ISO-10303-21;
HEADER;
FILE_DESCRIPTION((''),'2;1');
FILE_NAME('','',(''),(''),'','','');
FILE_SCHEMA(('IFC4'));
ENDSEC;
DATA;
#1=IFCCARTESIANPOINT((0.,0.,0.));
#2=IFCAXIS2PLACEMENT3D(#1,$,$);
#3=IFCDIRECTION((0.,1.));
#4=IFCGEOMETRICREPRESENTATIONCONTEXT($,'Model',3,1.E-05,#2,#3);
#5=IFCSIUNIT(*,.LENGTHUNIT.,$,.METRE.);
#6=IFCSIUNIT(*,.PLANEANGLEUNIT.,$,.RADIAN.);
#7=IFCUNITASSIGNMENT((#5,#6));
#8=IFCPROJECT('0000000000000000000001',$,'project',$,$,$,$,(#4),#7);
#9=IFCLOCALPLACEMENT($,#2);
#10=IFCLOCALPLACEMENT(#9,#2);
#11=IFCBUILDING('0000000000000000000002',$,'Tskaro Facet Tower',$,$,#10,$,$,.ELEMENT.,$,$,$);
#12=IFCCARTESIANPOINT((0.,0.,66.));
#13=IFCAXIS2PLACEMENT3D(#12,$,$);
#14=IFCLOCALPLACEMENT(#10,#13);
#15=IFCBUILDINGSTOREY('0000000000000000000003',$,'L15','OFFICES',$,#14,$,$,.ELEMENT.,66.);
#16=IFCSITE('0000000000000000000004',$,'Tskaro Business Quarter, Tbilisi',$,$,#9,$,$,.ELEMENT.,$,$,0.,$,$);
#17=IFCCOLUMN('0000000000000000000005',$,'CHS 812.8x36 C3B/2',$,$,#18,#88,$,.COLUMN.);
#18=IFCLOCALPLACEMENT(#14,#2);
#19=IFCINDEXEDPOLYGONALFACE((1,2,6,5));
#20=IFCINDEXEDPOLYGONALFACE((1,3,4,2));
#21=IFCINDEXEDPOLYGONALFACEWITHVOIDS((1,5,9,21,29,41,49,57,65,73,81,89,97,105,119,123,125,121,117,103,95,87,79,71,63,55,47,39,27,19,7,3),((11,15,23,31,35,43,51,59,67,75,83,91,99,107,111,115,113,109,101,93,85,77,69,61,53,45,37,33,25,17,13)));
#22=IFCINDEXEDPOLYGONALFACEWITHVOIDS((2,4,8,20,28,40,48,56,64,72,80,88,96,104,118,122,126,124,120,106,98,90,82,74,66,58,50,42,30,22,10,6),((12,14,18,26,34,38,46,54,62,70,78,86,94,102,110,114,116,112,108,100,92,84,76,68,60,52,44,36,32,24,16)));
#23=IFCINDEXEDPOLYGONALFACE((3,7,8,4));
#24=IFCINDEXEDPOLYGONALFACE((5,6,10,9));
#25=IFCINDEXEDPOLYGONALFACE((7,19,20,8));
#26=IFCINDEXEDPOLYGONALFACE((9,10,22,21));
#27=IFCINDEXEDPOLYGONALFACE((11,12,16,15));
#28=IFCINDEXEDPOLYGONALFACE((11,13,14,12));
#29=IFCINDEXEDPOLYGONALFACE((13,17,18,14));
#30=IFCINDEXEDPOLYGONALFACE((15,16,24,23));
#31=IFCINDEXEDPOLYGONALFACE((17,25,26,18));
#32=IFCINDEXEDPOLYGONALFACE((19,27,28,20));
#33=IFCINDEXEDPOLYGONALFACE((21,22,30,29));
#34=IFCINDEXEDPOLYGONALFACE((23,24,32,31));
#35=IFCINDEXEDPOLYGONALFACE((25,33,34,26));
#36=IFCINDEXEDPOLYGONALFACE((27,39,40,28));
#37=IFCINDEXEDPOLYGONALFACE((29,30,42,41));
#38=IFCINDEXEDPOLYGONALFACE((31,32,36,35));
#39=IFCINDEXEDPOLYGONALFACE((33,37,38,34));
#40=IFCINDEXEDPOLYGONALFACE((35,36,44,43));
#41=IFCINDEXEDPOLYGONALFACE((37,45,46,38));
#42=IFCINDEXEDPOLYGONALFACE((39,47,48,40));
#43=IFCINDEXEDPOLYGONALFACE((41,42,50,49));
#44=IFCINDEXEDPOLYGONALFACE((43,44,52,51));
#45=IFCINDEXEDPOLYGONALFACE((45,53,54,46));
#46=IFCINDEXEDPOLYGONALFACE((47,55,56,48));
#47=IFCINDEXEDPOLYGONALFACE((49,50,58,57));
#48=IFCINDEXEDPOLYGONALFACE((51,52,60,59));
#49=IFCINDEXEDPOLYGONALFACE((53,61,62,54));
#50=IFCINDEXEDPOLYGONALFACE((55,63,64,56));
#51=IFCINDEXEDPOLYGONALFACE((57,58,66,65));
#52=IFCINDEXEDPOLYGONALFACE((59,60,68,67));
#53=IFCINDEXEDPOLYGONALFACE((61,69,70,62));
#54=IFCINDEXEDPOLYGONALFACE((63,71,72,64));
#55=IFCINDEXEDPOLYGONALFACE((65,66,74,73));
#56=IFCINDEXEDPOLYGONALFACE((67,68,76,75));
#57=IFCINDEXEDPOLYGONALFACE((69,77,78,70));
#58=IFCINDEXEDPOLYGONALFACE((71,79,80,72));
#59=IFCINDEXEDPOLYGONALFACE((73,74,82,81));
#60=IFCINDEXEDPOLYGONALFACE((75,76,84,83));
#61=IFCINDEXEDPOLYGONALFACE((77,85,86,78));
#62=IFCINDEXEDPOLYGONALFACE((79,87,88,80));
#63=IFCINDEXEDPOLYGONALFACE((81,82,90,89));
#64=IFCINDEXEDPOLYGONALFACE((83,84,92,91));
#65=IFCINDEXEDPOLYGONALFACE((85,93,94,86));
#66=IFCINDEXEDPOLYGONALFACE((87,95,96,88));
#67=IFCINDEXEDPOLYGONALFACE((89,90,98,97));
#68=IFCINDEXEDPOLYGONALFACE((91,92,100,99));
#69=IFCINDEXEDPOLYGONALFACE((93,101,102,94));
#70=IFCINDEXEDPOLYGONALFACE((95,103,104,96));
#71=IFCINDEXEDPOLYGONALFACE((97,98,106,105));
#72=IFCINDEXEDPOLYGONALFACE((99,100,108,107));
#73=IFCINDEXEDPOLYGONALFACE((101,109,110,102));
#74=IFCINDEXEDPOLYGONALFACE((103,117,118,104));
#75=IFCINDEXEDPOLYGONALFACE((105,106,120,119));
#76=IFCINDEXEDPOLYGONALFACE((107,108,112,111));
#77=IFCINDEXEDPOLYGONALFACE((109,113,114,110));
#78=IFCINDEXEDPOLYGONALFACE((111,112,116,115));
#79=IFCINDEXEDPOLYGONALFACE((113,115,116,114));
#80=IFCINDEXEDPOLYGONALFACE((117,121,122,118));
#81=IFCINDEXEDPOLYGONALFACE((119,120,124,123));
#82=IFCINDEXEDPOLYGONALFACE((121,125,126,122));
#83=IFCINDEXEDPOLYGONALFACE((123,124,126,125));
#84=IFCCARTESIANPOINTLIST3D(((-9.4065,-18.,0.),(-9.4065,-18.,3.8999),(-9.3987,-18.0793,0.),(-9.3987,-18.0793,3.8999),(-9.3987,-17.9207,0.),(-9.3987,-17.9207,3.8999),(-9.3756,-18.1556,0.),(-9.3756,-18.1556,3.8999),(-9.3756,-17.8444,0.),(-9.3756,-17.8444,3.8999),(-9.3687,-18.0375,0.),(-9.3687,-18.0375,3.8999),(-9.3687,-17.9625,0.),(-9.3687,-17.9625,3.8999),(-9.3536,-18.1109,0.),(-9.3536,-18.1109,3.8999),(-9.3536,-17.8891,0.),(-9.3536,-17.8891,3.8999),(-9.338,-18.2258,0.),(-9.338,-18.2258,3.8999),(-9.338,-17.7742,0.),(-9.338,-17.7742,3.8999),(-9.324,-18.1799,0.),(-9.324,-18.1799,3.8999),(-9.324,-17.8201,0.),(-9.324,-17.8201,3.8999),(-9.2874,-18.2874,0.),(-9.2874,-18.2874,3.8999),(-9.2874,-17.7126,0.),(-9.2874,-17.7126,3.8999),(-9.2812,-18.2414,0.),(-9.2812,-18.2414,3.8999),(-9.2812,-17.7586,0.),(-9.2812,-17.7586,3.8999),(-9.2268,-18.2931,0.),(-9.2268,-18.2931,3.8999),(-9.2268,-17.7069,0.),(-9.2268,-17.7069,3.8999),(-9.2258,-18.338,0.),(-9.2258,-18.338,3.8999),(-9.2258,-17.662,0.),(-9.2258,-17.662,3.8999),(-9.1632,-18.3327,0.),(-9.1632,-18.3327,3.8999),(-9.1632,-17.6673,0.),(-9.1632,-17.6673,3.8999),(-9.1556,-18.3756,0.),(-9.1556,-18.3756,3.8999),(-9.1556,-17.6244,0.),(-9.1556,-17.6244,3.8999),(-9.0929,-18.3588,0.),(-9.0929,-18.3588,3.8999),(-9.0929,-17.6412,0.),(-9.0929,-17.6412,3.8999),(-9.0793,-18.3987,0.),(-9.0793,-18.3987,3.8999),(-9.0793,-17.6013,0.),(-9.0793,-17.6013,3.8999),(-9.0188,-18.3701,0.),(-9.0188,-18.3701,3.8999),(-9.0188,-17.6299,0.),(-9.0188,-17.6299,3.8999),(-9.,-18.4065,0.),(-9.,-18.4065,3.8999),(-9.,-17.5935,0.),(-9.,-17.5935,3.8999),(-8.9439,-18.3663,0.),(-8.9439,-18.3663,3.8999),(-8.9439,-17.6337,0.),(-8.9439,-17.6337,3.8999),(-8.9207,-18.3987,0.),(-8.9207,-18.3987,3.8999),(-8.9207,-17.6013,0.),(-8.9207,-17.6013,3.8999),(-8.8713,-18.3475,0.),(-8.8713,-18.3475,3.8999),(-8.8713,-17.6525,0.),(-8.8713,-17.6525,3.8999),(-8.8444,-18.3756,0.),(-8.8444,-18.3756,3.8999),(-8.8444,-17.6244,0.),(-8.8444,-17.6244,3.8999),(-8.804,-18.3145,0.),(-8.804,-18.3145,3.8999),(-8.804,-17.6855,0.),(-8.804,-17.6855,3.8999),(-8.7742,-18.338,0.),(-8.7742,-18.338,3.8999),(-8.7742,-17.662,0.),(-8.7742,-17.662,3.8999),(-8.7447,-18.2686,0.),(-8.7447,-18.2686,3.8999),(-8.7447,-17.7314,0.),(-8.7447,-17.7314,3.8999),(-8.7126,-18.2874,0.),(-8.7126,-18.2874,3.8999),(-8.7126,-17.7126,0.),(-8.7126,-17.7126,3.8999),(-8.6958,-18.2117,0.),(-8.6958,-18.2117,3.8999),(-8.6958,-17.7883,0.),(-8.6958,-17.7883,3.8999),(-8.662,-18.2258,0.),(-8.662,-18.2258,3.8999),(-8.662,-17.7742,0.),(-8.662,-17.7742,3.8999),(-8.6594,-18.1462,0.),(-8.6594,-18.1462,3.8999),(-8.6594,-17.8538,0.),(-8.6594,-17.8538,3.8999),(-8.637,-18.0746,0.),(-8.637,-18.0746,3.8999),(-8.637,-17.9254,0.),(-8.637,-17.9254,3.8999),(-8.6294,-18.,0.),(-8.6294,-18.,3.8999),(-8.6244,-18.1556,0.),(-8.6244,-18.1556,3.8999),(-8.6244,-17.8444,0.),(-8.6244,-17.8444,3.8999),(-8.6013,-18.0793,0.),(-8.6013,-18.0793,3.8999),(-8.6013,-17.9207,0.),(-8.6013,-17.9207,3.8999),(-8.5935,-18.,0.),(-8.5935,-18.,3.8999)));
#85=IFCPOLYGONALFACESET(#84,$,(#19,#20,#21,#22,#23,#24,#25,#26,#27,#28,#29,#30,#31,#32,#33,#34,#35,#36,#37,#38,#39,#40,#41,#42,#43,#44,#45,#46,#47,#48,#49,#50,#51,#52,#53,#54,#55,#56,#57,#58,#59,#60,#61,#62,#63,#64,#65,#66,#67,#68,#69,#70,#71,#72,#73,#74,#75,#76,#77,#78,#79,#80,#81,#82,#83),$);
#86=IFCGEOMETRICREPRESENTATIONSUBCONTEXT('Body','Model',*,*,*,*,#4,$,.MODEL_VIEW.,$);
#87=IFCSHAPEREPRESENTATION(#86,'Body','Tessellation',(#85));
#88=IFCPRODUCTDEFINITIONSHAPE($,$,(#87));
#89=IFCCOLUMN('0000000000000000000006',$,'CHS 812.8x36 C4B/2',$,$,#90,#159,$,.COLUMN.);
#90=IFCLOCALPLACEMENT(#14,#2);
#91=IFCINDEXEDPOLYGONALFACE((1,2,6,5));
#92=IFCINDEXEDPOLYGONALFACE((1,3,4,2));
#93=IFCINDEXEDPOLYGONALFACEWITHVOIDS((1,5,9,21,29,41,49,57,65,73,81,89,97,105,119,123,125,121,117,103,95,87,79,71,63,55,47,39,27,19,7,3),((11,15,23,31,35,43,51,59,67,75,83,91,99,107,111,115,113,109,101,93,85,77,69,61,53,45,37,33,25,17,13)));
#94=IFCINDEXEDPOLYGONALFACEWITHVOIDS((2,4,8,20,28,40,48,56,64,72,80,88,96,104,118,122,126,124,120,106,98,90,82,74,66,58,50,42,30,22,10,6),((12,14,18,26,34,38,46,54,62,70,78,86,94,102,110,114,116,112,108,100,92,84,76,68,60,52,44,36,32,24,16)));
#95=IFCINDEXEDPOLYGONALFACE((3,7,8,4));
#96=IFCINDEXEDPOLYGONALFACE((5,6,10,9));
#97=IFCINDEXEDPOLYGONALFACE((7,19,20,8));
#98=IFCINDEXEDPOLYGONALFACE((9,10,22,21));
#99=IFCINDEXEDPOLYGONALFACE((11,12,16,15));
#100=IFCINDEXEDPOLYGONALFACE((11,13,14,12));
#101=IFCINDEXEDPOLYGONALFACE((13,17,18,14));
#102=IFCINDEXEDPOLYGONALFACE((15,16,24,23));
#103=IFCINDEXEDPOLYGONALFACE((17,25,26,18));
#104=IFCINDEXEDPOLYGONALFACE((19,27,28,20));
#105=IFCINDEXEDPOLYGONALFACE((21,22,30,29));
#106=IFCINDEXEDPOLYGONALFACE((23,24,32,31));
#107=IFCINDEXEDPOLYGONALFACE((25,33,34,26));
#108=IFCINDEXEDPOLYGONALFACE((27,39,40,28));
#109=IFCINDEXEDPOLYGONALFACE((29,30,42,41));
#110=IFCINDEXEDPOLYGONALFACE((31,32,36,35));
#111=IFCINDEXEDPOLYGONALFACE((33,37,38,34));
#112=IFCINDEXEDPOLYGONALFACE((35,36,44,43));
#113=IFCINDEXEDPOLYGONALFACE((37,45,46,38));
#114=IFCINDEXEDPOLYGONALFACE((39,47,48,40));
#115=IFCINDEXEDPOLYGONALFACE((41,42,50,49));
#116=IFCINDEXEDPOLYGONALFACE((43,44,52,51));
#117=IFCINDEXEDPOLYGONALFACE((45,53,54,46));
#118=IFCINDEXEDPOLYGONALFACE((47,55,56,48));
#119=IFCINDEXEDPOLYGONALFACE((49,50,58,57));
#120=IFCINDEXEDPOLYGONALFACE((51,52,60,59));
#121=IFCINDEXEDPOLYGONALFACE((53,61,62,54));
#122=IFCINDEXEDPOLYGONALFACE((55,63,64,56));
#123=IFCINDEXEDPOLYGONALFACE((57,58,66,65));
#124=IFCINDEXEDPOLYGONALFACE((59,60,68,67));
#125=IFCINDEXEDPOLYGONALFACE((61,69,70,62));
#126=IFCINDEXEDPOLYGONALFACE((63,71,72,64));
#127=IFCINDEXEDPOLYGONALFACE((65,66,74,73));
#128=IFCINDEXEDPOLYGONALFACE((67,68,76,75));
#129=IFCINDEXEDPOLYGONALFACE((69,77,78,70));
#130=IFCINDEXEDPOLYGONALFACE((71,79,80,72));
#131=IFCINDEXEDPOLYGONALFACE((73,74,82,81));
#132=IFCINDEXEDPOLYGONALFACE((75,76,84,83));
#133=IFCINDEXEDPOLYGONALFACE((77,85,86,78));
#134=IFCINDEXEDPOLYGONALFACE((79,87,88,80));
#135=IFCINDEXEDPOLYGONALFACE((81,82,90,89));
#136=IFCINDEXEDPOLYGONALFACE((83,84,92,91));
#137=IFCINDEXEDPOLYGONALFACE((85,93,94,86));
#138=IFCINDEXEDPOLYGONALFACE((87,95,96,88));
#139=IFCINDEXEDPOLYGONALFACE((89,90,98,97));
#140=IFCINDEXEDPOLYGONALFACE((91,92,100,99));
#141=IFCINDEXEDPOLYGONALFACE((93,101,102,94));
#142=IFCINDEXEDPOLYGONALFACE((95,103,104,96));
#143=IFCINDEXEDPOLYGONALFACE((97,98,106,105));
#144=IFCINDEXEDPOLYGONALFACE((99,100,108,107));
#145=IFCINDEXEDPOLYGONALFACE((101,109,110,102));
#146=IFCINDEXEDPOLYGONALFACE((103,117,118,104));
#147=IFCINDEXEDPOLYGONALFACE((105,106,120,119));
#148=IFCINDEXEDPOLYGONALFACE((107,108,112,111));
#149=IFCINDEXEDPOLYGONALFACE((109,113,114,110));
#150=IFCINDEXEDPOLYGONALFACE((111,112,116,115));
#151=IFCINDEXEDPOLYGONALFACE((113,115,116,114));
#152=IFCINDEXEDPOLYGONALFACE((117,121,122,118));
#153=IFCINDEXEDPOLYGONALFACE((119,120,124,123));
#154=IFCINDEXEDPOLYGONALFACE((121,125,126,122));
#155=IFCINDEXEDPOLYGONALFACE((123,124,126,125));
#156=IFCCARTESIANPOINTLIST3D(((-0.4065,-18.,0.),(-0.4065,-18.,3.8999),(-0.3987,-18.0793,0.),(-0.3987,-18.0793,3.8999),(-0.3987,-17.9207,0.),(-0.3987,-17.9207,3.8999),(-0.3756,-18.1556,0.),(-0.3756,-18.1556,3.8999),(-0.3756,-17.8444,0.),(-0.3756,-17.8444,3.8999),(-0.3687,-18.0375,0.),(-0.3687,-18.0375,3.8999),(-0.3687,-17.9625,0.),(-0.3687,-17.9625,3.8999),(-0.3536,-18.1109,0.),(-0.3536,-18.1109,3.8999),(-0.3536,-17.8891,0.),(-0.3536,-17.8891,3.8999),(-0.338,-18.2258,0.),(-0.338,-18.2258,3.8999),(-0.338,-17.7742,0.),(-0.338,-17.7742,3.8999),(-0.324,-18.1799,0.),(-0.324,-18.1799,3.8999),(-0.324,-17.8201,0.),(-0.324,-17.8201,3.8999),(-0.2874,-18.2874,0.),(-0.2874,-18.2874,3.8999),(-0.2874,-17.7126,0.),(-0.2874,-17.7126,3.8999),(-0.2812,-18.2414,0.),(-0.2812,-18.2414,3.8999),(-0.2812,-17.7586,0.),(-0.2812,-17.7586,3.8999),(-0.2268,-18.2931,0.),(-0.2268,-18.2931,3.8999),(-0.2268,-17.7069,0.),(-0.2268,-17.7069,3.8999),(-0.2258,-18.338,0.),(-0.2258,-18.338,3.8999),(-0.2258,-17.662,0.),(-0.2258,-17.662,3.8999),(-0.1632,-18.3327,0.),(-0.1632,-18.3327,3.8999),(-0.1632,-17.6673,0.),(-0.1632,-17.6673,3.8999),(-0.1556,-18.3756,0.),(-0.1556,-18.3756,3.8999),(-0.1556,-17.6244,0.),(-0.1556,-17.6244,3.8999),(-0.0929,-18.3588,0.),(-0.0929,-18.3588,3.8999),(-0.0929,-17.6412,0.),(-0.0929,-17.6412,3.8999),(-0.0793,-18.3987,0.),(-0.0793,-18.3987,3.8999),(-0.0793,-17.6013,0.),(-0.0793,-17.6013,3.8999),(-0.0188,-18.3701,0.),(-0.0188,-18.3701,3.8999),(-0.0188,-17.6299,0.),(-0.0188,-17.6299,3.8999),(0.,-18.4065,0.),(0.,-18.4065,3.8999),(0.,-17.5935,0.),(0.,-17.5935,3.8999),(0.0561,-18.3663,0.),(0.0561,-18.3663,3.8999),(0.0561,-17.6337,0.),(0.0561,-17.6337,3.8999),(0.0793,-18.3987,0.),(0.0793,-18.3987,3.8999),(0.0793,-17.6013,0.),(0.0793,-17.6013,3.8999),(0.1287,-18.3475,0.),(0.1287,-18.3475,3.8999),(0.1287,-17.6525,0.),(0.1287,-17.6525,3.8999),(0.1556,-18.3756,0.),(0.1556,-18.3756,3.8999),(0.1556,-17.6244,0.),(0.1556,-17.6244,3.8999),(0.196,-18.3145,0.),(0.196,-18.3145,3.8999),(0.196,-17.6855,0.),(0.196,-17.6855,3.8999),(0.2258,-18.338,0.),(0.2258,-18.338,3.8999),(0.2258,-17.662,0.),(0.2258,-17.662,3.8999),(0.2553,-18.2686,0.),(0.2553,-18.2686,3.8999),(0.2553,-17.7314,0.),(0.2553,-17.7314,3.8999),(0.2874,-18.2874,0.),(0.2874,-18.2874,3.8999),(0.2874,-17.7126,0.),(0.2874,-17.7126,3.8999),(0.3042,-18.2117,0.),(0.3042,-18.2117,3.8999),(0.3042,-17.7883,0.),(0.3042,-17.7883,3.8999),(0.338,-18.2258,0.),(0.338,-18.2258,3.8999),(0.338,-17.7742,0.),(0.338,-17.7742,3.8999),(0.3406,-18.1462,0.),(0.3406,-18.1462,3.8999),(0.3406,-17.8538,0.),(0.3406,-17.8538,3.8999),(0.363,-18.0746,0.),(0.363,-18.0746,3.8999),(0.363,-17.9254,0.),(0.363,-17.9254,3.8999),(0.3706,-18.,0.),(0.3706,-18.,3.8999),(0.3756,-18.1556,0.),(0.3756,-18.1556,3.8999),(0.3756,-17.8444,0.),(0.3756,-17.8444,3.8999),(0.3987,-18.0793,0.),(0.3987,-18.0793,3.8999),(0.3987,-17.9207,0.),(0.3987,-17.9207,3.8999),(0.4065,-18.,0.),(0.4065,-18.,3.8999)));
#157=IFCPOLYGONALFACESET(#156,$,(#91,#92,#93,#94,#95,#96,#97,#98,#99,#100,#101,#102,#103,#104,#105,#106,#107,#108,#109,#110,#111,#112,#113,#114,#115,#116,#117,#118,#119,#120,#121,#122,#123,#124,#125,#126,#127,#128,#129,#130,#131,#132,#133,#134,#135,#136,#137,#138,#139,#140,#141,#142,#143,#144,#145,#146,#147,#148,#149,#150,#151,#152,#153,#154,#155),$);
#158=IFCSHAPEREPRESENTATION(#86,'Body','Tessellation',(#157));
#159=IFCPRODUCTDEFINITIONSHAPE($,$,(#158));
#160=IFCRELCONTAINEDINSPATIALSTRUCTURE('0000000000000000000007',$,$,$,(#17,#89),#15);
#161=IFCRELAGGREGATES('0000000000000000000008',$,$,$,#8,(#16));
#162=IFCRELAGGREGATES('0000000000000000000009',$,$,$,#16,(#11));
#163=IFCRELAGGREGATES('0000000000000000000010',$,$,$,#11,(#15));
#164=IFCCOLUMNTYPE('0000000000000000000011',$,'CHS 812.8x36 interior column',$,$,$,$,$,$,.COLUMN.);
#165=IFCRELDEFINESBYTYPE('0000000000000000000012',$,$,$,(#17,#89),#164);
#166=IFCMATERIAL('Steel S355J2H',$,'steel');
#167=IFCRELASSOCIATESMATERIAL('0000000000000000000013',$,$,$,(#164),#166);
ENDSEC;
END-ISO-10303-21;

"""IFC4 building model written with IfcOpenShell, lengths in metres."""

from ifc_helpers import new_model, si_unit, direction, frame, origin, origin_2d, place, context, subcontext, project, spatial, hollow_circle, extrude, material, material_profile, profile_set, type_object, element, save


model = new_model("IFC4")

# Units and contexts
model_context = context("Model", 3, precision=1e-05, world=origin(), true_north=direction((0.0, 1.0)))
body_context = subcontext(model_context, "Body", "Model", "MODEL_VIEW")
ifc_project = project(units=[si_unit("LENGTHUNIT", "METRE"), si_unit("PLANEANGLEUNIT", "RADIAN")], contexts=[model_context])

# Site, building, storey
site_placement = place(None, origin())
site = spatial("IfcSite", under=ifc_project, at=site_placement, Name="Tskaro Business Quarter, Tbilisi", CompositionType="ELEMENT", RefElevation=0.0)
building_placement = place(site_placement, origin())
building = spatial("IfcBuilding", under=site, at=building_placement, Name="Tskaro Facet Tower", CompositionType="ELEMENT")
storey_placement = place(building_placement, frame((0.0, 0.0, 66.0)))
storey = spatial("IfcBuildingStorey", under=building, at=storey_placement, Name="L15", Description="OFFICES", CompositionType="ELEMENT", Elevation=66.0)

# Columns
ifc_material_1 = material(Name="Steel S355J2H", Category="steel")
ifc_material_profile_1 = material_profile(ifc_material_1, hollow_circle(Radius=0.4065, WallThickness=0.0359, at=origin_2d()), Name="CHS 812.8x36")
ifc_profile_set_1 = profile_set([ifc_material_profile_1], Name="Steel S355J2H")
column_type_1 = type_object("IfcColumnType", Name="CHS 812.8x36 interior column", PredefinedType="COLUMN", material=ifc_profile_set_1)
for number, where, z_axis, x_axis, name in (
    (1, (-9.0, -18.0, 0.0), (0.0, 0.0, 1.0), (1.0, 0.0, 0.0), "CHS 812.8x36 C3B/2"),
    (2, (0.0, -18.0, 0.0), (0.0, 0.0, 1.0), (1.0, 0.0, 0.0), "CHS 812.8x36 C4B/2"),
):
    element("IfcColumn", number, at=place(storey_placement, frame(where, z_axis=z_axis, x_axis=x_axis)), inside=storey, type_object=column_type_1, Name=name, PredefinedType="COLUMN", context=body_context, shape_type="SweptSolid", body=[
        extrude(hollow_circle(Radius=0.4065, WallThickness=0.0359, at=origin_2d()), origin(), (0.0, 0.0, 1.0), 3.8999),
    ])

save(model, "model.ifc")
